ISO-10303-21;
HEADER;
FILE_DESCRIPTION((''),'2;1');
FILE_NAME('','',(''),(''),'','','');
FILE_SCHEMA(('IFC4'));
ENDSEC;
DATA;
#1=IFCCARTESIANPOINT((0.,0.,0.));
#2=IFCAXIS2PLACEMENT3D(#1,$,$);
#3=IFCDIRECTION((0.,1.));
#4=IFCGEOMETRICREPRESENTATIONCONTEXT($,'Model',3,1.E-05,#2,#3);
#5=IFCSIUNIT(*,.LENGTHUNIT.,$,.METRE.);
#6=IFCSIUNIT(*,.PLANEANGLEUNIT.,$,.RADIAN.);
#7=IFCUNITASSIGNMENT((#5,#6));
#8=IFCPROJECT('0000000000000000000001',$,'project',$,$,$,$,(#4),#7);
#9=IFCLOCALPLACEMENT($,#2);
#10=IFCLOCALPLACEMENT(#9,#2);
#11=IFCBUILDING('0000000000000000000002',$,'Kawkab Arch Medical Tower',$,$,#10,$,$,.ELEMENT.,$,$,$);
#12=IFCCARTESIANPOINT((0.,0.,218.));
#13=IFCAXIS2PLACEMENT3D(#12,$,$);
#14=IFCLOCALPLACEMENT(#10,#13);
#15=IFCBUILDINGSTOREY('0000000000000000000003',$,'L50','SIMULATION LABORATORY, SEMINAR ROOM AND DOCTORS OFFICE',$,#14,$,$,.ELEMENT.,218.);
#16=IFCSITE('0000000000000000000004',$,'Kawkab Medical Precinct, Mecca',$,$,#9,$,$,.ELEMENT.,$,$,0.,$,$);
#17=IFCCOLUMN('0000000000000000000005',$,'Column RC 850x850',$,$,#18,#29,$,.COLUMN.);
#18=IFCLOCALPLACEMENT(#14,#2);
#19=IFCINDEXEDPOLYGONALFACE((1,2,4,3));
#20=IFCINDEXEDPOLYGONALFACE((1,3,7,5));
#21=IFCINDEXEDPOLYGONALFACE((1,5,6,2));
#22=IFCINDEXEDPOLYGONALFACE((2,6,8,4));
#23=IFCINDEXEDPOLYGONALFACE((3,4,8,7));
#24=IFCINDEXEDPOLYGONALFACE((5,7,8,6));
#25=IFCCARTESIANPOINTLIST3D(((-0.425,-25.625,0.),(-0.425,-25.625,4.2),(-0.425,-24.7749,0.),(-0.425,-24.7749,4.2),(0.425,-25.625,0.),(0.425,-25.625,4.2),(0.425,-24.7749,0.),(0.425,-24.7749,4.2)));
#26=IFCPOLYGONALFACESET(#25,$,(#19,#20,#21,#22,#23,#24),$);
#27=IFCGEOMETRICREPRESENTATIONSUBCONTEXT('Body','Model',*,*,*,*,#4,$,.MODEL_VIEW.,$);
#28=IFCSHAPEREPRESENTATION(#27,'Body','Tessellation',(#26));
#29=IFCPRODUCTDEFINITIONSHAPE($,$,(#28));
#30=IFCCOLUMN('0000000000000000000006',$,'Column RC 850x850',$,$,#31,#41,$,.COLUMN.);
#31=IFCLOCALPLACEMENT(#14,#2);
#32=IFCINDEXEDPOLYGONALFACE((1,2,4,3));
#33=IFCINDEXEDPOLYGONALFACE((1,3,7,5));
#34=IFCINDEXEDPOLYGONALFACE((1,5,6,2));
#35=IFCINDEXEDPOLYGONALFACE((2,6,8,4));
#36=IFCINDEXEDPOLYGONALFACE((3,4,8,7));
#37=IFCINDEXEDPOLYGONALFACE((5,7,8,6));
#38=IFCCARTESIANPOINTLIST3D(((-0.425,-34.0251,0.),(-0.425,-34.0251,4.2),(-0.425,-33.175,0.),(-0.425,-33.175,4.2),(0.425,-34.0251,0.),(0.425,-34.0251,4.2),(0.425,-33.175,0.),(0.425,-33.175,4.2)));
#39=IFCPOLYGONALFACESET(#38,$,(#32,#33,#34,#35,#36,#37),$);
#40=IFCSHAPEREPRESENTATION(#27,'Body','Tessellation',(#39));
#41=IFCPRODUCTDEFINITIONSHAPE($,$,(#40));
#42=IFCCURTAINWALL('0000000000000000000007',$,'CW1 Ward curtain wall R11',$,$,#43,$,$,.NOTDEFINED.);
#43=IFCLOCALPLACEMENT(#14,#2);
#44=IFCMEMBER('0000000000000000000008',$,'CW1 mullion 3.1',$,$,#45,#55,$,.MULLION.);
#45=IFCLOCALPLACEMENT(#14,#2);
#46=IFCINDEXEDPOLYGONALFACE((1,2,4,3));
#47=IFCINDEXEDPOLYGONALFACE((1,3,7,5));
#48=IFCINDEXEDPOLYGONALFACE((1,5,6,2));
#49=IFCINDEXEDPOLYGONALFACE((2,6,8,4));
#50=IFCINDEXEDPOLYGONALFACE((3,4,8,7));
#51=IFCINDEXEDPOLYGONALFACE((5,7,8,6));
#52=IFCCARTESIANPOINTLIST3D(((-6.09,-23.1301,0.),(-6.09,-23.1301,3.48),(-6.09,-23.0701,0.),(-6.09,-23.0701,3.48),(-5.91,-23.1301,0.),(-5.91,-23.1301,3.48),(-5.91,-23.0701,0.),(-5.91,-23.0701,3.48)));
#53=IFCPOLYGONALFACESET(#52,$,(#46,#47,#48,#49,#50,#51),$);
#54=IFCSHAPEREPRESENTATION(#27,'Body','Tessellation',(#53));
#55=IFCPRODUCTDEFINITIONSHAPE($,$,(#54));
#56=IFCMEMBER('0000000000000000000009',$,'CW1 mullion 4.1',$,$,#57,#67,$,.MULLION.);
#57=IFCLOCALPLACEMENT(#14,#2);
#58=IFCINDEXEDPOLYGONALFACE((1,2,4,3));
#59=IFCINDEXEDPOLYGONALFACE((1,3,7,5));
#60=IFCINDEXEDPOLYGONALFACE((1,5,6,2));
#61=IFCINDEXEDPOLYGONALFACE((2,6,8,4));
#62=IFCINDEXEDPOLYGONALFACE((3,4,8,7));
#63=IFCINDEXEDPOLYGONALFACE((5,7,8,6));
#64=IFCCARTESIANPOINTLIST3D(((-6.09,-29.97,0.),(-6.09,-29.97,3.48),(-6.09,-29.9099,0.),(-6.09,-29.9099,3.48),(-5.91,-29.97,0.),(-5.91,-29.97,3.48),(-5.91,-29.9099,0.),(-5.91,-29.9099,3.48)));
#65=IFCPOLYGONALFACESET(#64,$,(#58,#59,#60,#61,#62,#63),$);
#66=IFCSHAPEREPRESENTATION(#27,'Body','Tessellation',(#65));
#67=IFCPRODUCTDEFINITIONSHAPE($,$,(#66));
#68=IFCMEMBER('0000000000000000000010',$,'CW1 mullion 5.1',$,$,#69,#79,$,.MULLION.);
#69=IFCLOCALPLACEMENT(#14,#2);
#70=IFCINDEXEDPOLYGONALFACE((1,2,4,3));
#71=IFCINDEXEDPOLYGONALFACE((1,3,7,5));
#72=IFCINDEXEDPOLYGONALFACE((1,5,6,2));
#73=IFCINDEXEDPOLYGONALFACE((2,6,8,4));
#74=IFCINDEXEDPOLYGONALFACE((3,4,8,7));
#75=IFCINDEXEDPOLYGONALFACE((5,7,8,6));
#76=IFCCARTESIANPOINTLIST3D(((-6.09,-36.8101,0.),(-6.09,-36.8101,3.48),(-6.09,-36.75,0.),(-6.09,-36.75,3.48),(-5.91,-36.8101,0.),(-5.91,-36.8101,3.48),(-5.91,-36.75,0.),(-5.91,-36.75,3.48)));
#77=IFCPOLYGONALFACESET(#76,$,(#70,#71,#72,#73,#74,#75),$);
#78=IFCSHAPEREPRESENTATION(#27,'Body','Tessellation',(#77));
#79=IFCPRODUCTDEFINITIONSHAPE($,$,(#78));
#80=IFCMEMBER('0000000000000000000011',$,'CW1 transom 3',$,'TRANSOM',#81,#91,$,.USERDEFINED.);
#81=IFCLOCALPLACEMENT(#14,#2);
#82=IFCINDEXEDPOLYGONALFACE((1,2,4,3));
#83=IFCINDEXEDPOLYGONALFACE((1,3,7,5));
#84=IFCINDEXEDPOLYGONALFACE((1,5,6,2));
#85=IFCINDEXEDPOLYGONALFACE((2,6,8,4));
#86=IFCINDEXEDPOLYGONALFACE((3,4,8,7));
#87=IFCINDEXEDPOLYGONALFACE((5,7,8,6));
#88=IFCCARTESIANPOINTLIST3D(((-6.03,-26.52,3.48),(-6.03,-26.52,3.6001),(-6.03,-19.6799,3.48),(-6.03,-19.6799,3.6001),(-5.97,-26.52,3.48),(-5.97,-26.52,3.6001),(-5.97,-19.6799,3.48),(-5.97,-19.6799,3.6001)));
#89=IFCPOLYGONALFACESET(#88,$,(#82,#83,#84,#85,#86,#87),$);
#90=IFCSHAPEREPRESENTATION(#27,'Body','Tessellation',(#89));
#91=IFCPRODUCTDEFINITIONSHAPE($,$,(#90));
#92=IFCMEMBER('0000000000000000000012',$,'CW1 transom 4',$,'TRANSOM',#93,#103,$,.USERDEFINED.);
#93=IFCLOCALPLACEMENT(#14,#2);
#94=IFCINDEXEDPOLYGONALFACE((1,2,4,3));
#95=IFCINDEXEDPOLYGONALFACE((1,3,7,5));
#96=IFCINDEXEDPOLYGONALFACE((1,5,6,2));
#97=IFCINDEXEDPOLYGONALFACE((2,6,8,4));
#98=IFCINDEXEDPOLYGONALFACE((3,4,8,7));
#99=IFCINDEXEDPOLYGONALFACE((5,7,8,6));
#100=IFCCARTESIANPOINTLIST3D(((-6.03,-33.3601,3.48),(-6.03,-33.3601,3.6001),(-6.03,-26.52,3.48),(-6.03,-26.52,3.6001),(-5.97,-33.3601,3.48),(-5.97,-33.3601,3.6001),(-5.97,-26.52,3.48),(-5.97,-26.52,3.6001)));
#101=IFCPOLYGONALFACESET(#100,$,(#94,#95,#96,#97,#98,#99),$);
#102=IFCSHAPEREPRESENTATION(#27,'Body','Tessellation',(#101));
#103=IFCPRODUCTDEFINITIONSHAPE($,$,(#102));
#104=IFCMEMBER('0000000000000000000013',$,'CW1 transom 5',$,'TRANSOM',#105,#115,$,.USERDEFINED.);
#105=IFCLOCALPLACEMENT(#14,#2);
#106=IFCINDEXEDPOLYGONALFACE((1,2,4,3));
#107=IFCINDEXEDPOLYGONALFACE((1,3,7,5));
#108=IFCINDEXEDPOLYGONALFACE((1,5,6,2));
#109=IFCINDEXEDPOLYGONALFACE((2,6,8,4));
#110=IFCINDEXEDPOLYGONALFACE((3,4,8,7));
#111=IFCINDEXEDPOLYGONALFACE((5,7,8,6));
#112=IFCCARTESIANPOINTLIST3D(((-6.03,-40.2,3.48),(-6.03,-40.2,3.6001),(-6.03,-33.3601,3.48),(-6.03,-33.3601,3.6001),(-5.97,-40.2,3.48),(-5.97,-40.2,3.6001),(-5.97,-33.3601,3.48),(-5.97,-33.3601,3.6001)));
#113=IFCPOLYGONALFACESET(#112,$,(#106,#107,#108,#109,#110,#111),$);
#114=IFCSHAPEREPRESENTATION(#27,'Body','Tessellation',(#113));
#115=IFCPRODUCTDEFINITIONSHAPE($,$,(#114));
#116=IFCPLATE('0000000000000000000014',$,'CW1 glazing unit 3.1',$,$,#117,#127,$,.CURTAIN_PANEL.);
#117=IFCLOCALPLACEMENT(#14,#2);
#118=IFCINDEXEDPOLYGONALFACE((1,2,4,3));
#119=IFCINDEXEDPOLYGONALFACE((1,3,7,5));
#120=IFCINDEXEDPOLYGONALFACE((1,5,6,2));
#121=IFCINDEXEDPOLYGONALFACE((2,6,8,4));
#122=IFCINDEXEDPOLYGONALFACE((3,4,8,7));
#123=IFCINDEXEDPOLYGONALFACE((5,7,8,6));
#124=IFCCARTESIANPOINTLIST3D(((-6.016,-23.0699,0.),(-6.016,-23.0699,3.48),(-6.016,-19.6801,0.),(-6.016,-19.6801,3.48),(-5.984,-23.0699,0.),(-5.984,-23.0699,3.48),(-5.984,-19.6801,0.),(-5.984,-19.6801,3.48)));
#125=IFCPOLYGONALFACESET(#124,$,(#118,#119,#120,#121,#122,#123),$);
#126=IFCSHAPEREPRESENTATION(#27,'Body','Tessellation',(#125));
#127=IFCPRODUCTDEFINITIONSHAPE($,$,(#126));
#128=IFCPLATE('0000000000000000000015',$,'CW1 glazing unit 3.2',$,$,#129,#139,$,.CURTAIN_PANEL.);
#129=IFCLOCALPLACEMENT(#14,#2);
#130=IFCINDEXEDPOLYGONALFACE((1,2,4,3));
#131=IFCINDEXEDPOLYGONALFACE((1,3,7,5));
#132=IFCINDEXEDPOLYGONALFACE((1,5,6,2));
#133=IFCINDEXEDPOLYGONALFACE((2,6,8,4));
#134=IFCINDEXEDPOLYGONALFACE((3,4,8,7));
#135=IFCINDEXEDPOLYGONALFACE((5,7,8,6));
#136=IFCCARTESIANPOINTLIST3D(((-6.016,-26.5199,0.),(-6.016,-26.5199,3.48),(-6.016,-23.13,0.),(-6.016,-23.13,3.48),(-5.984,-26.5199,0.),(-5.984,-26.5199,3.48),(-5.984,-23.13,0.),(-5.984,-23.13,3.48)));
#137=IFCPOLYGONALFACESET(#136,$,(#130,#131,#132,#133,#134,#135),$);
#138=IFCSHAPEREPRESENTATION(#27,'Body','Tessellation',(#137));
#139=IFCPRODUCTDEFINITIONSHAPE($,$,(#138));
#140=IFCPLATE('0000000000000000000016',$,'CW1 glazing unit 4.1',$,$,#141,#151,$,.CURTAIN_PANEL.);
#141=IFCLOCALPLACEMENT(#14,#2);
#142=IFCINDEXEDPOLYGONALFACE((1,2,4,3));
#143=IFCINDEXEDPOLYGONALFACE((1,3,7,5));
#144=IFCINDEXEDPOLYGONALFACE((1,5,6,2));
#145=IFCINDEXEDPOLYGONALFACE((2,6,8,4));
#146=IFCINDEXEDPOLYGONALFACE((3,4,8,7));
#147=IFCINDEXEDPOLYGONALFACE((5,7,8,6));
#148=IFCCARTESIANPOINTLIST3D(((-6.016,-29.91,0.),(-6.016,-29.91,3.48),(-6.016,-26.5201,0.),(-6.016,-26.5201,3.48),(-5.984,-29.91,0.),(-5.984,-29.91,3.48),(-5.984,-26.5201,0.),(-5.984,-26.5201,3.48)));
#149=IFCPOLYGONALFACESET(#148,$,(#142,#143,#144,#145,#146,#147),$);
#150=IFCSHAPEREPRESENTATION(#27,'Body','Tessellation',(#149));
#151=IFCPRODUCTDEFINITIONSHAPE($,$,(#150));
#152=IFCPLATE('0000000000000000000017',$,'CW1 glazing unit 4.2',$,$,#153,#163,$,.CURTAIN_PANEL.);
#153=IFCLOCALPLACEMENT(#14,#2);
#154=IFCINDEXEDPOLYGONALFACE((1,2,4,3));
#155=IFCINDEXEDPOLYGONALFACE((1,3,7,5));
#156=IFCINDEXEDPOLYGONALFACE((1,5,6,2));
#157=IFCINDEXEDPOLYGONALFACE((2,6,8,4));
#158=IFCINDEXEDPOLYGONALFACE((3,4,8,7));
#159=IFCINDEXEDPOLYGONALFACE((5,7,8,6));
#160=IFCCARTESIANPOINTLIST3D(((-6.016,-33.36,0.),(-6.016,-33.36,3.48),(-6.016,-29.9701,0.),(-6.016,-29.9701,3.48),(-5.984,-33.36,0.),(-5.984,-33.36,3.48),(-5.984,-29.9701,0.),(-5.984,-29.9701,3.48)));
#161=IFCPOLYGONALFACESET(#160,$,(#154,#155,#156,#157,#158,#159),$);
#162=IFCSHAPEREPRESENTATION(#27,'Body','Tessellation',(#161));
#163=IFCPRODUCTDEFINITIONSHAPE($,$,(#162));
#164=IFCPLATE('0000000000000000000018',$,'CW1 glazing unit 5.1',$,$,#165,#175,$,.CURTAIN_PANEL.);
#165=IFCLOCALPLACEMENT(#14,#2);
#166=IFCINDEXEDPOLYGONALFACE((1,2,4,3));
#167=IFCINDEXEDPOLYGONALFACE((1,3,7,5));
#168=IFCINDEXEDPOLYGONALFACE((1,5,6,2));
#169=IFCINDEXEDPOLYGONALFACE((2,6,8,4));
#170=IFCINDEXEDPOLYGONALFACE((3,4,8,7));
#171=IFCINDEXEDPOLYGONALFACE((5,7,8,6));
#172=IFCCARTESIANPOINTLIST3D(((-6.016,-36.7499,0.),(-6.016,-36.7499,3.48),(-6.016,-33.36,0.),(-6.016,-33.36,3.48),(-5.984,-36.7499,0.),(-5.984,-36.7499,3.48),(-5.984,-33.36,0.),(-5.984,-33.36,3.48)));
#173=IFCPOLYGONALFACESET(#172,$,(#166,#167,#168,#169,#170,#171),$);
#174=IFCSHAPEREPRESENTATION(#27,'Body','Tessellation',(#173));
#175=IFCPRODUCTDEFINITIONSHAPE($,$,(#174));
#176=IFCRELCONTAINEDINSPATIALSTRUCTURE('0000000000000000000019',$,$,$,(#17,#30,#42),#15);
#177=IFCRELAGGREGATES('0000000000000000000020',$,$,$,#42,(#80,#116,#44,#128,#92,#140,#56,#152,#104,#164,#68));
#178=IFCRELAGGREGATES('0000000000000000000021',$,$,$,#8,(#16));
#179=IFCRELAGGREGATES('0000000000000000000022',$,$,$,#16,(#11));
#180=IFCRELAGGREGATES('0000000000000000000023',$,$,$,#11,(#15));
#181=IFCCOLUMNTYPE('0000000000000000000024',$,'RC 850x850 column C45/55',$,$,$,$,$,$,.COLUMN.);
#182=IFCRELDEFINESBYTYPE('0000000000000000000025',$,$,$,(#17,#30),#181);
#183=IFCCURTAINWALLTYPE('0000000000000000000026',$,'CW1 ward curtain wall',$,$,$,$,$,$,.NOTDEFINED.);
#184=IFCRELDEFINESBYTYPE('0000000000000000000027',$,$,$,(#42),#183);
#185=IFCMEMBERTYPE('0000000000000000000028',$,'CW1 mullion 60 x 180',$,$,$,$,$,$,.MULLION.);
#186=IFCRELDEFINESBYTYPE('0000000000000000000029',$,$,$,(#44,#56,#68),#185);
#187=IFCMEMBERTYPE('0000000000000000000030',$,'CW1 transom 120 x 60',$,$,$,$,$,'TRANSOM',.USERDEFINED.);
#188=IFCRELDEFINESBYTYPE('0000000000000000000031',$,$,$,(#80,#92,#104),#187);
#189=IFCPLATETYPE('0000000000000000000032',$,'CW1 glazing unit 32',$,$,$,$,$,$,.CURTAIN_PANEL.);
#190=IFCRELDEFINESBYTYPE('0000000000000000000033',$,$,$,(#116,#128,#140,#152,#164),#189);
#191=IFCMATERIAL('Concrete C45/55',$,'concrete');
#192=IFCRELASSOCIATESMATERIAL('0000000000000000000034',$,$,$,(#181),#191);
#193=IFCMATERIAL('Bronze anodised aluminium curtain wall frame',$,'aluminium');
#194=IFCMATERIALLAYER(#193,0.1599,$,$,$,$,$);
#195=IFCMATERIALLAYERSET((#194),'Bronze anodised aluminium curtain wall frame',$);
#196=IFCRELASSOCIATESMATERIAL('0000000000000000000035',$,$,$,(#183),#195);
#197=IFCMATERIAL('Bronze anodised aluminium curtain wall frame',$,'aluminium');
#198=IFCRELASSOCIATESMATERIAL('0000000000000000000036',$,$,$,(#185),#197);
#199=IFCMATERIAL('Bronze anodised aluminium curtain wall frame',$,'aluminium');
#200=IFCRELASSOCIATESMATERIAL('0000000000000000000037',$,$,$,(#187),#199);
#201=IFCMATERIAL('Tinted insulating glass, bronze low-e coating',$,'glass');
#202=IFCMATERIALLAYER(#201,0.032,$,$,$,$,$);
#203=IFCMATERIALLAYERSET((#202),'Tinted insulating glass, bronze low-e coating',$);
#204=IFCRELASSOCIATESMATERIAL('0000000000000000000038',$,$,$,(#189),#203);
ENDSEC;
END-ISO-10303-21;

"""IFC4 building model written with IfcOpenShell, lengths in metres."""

from ifc_helpers import new_model, si_unit, direction, frame, origin, origin_2d, place, context, subcontext, project, spatial, rectangle, extrude, material, layer, layer_set, material_profile, profile_set, type_object, element, aggregate, save


model = new_model("IFC4")

# Units and contexts
model_context = context("Model", 3, precision=1e-05, world=origin(), true_north=direction((0.0, 1.0)))
body_context = subcontext(model_context, "Body", "Model", "MODEL_VIEW")
ifc_project = project(units=[si_unit("LENGTHUNIT", "METRE"), si_unit("PLANEANGLEUNIT", "RADIAN")], contexts=[model_context])

# Site, building, storey
site_placement = place(None, origin())
site = spatial("IfcSite", under=ifc_project, at=site_placement, Name="Kawkab Medical Precinct, Mecca", CompositionType="ELEMENT", RefElevation=0.0)
building_placement = place(site_placement, origin())
building = spatial("IfcBuilding", under=site, at=building_placement, Name="Kawkab Arch Medical Tower", CompositionType="ELEMENT")
storey_placement = place(building_placement, frame((0.0, 0.0, 218.0)))
storey = spatial("IfcBuildingStorey", under=building, at=storey_placement, Name="L50", Description="SIMULATION LABORATORY, SEMINAR ROOM AND DOCTORS OFFICE", CompositionType="ELEMENT", Elevation=218.0)

# Columns
ifc_material_1 = material(Name="Concrete C45/55", Category="concrete")
ifc_material_profile_1 = material_profile(ifc_material_1, rectangle(XDim=0.8501, YDim=0.8501, at=origin_2d()), Name="RC 850x850")
ifc_profile_set_1 = profile_set([ifc_material_profile_1], Name="Concrete C45/55")
column_type = type_object("IfcColumnType", Name="RC 850x850 column C45/55", PredefinedType="COLUMN", material=ifc_profile_set_1)
for number, where, z_axis, x_axis, name in (
    (1, (0.0, -25.2, 0.0), (0.0, 0.0, 1.0), (1.0, 0.0, 0.0), "Column RC 850x850"),
    (2, (0.0, -33.6001, 0.0), (0.0, 0.0, 1.0), (1.0, 0.0, 0.0), "Column RC 850x850"),
):
    element("IfcColumn", number, at=place(storey_placement, frame(where, z_axis=z_axis, x_axis=x_axis)), inside=storey, type_object=column_type, Name=name, PredefinedType="COLUMN", context=body_context, shape_type="SweptSolid", body=[
        extrude(rectangle(XDim=0.8501, YDim=0.8501, at=origin_2d()), origin(), (0.0, 0.0, 1.0), 4.2),
    ])

# Curtain wall, members, plates
ifc_material_2 = material(Name="Bronze anodised aluminium curtain wall frame", Category="aluminium")
ifc_layer_1 = layer(ifc_material_2, 0.1599)
ifc_layer_set_1 = layer_set([ifc_layer_1], Name="Bronze anodised aluminium curtain wall frame")
curtain_wall_type = type_object("IfcCurtainWallType", Name="CW1 ward curtain wall", PredefinedType="NOTDEFINED", material=ifc_layer_set_1)
placement = place(storey_placement, origin())
curtain_wall = element("IfcCurtainWall", 3, at=placement, inside=storey, type_object=curtain_wall_type, Name="CW1 Ward curtain wall R11", PredefinedType="NOTDEFINED")
ifc_material_3 = material(Name="Bronze anodised aluminium curtain wall frame", Category="aluminium")
ifc_material_profile_2 = material_profile(ifc_material_3, rectangle(XDim=0.1799, YDim=0.0601, at=origin_2d()), Name="AL 60x180")
ifc_profile_set_2 = profile_set([ifc_material_profile_2], Name="Bronze anodised aluminium curtain wall frame")
member_type_1 = type_object("IfcMemberType", Name="CW1 mullion 60 x 180", PredefinedType="MULLION", material=ifc_profile_set_2)
member_1_placement = place(storey_placement, frame((-6.0, -23.1001, 0.0), z_axis=(0.0, 0.0, 1.0), x_axis=(1.0, 0.0, 0.0)))
member_1 = element("IfcMember", 4, at=member_1_placement, type_object=member_type_1, Name="CW1 mullion 3.1", PredefinedType="MULLION", context=body_context, shape_type="SweptSolid", body=[
    extrude(rectangle(XDim=0.1799, YDim=0.0601, at=origin_2d()), origin(), (0.0, 0.0, 1.0), 3.48),
])
member_2_placement = place(storey_placement, frame((-6.0, -29.9399, 0.0), z_axis=(0.0, 0.0, 1.0), x_axis=(1.0, 0.0, 0.0)))
member_2 = element("IfcMember", 5, at=member_2_placement, type_object=member_type_1, Name="CW1 mullion 4.1", PredefinedType="MULLION", context=body_context, shape_type="SweptSolid", body=[
    extrude(rectangle(XDim=0.1799, YDim=0.0601, at=origin_2d()), origin(), (0.0, 0.0, 1.0), 3.48),
])
member_3_placement = place(storey_placement, frame((-6.0, -36.78, 0.0), z_axis=(0.0, 0.0, 1.0), x_axis=(1.0, 0.0, 0.0)))
member_3 = element("IfcMember", 6, at=member_3_placement, type_object=member_type_1, Name="CW1 mullion 5.1", PredefinedType="MULLION", context=body_context, shape_type="SweptSolid", body=[
    extrude(rectangle(XDim=0.1799, YDim=0.0601, at=origin_2d()), origin(), (0.0, 0.0, 1.0), 3.48),
])
ifc_material_4 = material(Name="Bronze anodised aluminium curtain wall frame", Category="aluminium")
ifc_material_profile_3 = material_profile(ifc_material_4, rectangle(XDim=0.0601, YDim=0.1201, at=origin_2d()), Name="AL 60x120")
ifc_profile_set_3 = profile_set([ifc_material_profile_3], Name="Bronze anodised aluminium curtain wall frame")
member_type_2 = type_object("IfcMemberType", Name="CW1 transom 120 x 60", ElementType="TRANSOM", PredefinedType="USERDEFINED", material=ifc_profile_set_3)
member_4_placement = place(storey_placement, frame((-6.0, -19.6799, 3.54), z_axis=(0.0, -1.0, 0.0), x_axis=(1.0, 0.0, 0.0)))
member_4 = element("IfcMember", 7, at=member_4_placement, type_object=member_type_2, Name="CW1 transom 3", ObjectType="TRANSOM", PredefinedType="USERDEFINED", context=body_context, shape_type="SweptSolid", body=[
    extrude(rectangle(XDim=0.0601, YDim=0.1201, at=origin_2d()), origin(), (0.0, 0.0, 1.0), 6.8401),
])
member_5_placement = place(storey_placement, frame((-6.0, -26.52, 3.54), z_axis=(0.0, -1.0, 0.0), x_axis=(1.0, 0.0, 0.0)))
member_5 = element("IfcMember", 8, at=member_5_placement, type_object=member_type_2, Name="CW1 transom 4", ObjectType="TRANSOM", PredefinedType="USERDEFINED", context=body_context, shape_type="SweptSolid", body=[
    extrude(rectangle(XDim=0.0601, YDim=0.1201, at=origin_2d()), origin(), (0.0, 0.0, 1.0), 6.8401),
])
member_6_placement = place(storey_placement, frame((-6.0, -33.3601, 3.54), z_axis=(0.0, -1.0, 0.0), x_axis=(1.0, 0.0, 0.0)))
member_6 = element("IfcMember", 9, at=member_6_placement, type_object=member_type_2, Name="CW1 transom 5", ObjectType="TRANSOM", PredefinedType="USERDEFINED", context=body_context, shape_type="SweptSolid", body=[
    extrude(rectangle(XDim=0.0601, YDim=0.1201, at=origin_2d()), origin(), (0.0, 0.0, 1.0), 6.8398),
])
ifc_material_5 = material(Name="Tinted insulating glass, bronze low-e coating", Category="glass")
ifc_layer_2 = layer(ifc_material_5, 0.032)
ifc_layer_set_2 = layer_set([ifc_layer_2], Name="Tinted insulating glass, bronze low-e coating")
plate_type = type_object("IfcPlateType", Name="CW1 glazing unit 32", PredefinedType="CURTAIN_PANEL", material=ifc_layer_set_2)
plate_1_placement = place(storey_placement, frame((-6.0, -21.375, 0.0), z_axis=(0.0, 0.0, 1.0), x_axis=(0.0, -1.0, 0.0)))
plate_1 = element("IfcPlate", 10, at=plate_1_placement, type_object=plate_type, Name="CW1 glazing unit 3.1", PredefinedType="CURTAIN_PANEL", context=body_context, shape_type="SweptSolid", body=[
    extrude(rectangle(XDim=3.3899, YDim=0.032, at=origin_2d()), origin(), (0.0, 0.0, 1.0), 3.48),
])
plate_2_placement = place(storey_placement, frame((-6.0, -24.825, 0.0), z_axis=(0.0, 0.0, 1.0), x_axis=(0.0, -1.0, 0.0)))
plate_2 = element("IfcPlate", 11, at=plate_2_placement, type_object=plate_type, Name="CW1 glazing unit 3.2", PredefinedType="CURTAIN_PANEL", context=body_context, shape_type="SweptSolid", body=[
    extrude(rectangle(XDim=3.3899, YDim=0.032, at=origin_2d()), origin(), (0.0, 0.0, 1.0), 3.48),
])
plate_3_placement = place(storey_placement, frame((-6.0, -28.2151, 0.0), z_axis=(0.0, 0.0, 1.0), x_axis=(0.0, -1.0, 0.0)))
plate_3 = element("IfcPlate", 12, at=plate_3_placement, type_object=plate_type, Name="CW1 glazing unit 4.1", PredefinedType="CURTAIN_PANEL", context=body_context, shape_type="SweptSolid", body=[
    extrude(rectangle(XDim=3.3899, YDim=0.032, at=origin_2d()), origin(), (0.0, 0.0, 1.0), 3.48),
])
plate_4_placement = place(storey_placement, frame((-6.0, -31.665, 0.0), z_axis=(0.0, 0.0, 1.0), x_axis=(0.0, -1.0, 0.0)))
plate_4 = element("IfcPlate", 13, at=plate_4_placement, type_object=plate_type, Name="CW1 glazing unit 4.2", PredefinedType="CURTAIN_PANEL", context=body_context, shape_type="SweptSolid", body=[
    extrude(rectangle(XDim=3.3899, YDim=0.032, at=origin_2d()), origin(), (0.0, 0.0, 1.0), 3.48),
])
plate_5_placement = place(storey_placement, frame((-6.0, -35.0549, 0.0), z_axis=(0.0, 0.0, 1.0), x_axis=(0.0, -1.0, 0.0)))
plate_5 = element("IfcPlate", 14, at=plate_5_placement, type_object=plate_type, Name="CW1 glazing unit 5.1", PredefinedType="CURTAIN_PANEL", context=body_context, shape_type="SweptSolid", body=[
    extrude(rectangle(XDim=3.3899, YDim=0.032, at=origin_2d()), origin(), (0.0, 0.0, 1.0), 3.48),
])
aggregate(curtain_wall, [member_4, plate_1, member_1, plate_2, member_5, plate_3, member_2, plate_4, member_6, plate_5, member_3])

save(model, "model.ifc")
